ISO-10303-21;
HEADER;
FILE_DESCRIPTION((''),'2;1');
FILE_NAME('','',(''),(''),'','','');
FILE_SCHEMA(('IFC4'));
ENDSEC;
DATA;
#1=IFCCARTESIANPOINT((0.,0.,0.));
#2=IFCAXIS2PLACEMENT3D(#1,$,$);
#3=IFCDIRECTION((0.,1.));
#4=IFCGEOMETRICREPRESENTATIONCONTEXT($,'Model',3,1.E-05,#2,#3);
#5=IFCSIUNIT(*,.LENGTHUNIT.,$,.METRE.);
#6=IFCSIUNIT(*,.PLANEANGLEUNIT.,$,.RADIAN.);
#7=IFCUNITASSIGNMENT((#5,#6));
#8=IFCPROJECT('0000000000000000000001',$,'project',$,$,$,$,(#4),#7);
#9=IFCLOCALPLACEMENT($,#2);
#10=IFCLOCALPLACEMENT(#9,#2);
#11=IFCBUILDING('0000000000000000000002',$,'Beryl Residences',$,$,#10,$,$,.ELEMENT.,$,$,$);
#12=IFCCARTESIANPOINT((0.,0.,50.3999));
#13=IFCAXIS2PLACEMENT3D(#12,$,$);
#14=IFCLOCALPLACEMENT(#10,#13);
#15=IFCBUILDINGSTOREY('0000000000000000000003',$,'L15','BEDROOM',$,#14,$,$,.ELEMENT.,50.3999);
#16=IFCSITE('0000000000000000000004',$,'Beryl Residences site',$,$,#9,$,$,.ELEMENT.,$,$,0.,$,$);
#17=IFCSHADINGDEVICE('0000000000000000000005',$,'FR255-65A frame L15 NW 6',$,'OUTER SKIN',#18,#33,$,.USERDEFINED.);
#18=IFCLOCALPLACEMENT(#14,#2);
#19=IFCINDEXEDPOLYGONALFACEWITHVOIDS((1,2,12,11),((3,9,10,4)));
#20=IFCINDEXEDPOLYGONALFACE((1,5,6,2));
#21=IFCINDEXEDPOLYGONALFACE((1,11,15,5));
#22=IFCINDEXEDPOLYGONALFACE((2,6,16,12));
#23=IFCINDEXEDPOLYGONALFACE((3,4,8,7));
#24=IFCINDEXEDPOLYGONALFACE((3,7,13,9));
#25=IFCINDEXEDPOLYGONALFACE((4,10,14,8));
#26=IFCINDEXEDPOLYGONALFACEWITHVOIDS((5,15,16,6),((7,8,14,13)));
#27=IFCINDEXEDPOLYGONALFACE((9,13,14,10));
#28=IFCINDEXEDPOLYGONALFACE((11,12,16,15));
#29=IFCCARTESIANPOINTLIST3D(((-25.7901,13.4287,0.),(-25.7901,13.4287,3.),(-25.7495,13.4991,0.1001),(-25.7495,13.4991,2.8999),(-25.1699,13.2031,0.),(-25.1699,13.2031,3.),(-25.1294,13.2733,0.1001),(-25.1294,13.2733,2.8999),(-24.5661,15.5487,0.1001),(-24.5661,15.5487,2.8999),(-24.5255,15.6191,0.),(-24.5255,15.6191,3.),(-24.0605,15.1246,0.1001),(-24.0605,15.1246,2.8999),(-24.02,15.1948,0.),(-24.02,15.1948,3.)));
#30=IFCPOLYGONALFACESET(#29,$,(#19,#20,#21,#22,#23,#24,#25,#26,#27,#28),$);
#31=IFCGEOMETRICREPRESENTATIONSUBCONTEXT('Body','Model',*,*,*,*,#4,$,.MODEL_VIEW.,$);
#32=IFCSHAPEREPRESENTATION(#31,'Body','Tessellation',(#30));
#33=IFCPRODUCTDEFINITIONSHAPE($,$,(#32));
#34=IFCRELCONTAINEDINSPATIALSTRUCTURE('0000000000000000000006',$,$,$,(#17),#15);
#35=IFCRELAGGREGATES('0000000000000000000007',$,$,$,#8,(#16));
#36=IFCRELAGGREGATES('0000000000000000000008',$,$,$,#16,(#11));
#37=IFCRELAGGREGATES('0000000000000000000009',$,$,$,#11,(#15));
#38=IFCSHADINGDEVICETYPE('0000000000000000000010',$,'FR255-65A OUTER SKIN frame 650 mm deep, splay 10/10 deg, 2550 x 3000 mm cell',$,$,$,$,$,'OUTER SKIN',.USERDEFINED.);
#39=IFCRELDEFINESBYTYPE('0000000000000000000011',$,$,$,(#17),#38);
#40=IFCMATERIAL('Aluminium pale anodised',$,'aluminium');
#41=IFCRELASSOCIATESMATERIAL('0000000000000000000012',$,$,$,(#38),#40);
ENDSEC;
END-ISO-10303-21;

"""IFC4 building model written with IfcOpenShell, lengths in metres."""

from ifc_helpers import new_model, entity, si_unit, direction, frame, origin, place, context, subcontext, project, spatial, source, transform, mapped, material, type_object, type_shapes, element, save


model = new_model("IFC4")

# Units and contexts
model_context = context("Model", 3, precision=1e-05, world=origin(), true_north=direction((0.0, 1.0)))
body_context = subcontext(model_context, "Body", "Model", "MODEL_VIEW")
ifc_project = project(units=[si_unit("LENGTHUNIT", "METRE"), si_unit("PLANEANGLEUNIT", "RADIAN")], contexts=[model_context])

# Site, building, storey
site_placement = place(None, origin())
site = spatial("IfcSite", under=ifc_project, at=site_placement, Name="Beryl Residences site", CompositionType="ELEMENT", RefElevation=0.0)
building_placement = place(site_placement, origin())
building = spatial("IfcBuilding", under=site, at=building_placement, Name="Beryl Residences", CompositionType="ELEMENT")
storey_placement = place(building_placement, frame((0.0, 0.0, 50.3999)))
storey = spatial("IfcBuildingStorey", under=building, at=storey_placement, Name="L15", Description="BEDROOM", CompositionType="ELEMENT", Elevation=50.3999)

# Shading device
ifc_material_1 = material(Name="Aluminium pale anodised", Category="aluminium")
shading_device_type = type_object("IfcShadingDeviceType", Name="FR255-65A OUTER SKIN frame 650 mm deep, splay 10/10 deg, 2550 x 3000 mm cell", ElementType="OUTER SKIN", PredefinedType="USERDEFINED", material=ifc_material_1)
cartesian_point_1 = entity("IfcCartesianPoint", [-1.1499, 0.0])
cartesian_point_2 = entity("IfcCartesianPoint", [-1.0688, 0.1001])
cartesian_point_3 = entity("IfcCartesianPoint", [-1.2646, 0.0])
cartesian_point_4 = entity("IfcCartesianPoint", [-1.1833, 0.1001])
shared_shape = source(origin(), body_context, "Body", "SweptSolid", [
    entity("IfcExtrudedAreaSolidTapered", entity("IfcArbitraryProfileDefWithVoids", "AREA", None, entity("IfcPolyline", [cartesian_point_1, entity("IfcCartesianPoint", [1.1499, 0.0]), entity("IfcCartesianPoint", [1.1499, 3.0]), entity("IfcCartesianPoint", [-1.1499, 3.0]), cartesian_point_1]), [entity("IfcPolyline", [cartesian_point_2, entity("IfcCartesianPoint", [1.0688, 0.1001]), entity("IfcCartesianPoint", [1.0688, 2.8999]), entity("IfcCartesianPoint", [-1.0688, 2.8999]), cartesian_point_2])]), entity("IfcAxis2Placement3D", entity("IfcCartesianPoint", [0.0, 0.0, 0.0]), entity("IfcDirection", [0.0, 1.0, 0.0]), entity("IfcDirection", [-1.0, 0.0, 0.0])), entity("IfcDirection", [0.0, 0.0, 1.0]), 0.6499, entity("IfcArbitraryProfileDefWithVoids", "AREA", None, entity("IfcPolyline", [cartesian_point_3, entity("IfcCartesianPoint", [1.2646, 0.0]), entity("IfcCartesianPoint", [1.2646, 3.0]), entity("IfcCartesianPoint", [-1.2646, 3.0]), cartesian_point_3]), [entity("IfcPolyline", [cartesian_point_4, entity("IfcCartesianPoint", [1.1833, 0.1001]), entity("IfcCartesianPoint", [1.1833, 2.8999]), entity("IfcCartesianPoint", [-1.1833, 2.8999]), cartesian_point_4])])),
])
type_shapes(shading_device_type, [shared_shape])
shading_device_placement = place(storey_placement, frame((-24.595, 14.199, 0.0), z_axis=(0.0, 0.0, 1.0), x_axis=(0.5, 0.866025, 0.0)))
element("IfcShadingDevice", 1, at=shading_device_placement, inside=storey, type_object=shading_device_type, Name="FR255-65A frame L15 NW 6", ObjectType="OUTER SKIN", PredefinedType="USERDEFINED", context=body_context, shape_type="MappedRepresentation", body=[
    mapped(shared_shape, transform((0.0, 0.0, 0.0))),
])

save(model, "model.ifc")
